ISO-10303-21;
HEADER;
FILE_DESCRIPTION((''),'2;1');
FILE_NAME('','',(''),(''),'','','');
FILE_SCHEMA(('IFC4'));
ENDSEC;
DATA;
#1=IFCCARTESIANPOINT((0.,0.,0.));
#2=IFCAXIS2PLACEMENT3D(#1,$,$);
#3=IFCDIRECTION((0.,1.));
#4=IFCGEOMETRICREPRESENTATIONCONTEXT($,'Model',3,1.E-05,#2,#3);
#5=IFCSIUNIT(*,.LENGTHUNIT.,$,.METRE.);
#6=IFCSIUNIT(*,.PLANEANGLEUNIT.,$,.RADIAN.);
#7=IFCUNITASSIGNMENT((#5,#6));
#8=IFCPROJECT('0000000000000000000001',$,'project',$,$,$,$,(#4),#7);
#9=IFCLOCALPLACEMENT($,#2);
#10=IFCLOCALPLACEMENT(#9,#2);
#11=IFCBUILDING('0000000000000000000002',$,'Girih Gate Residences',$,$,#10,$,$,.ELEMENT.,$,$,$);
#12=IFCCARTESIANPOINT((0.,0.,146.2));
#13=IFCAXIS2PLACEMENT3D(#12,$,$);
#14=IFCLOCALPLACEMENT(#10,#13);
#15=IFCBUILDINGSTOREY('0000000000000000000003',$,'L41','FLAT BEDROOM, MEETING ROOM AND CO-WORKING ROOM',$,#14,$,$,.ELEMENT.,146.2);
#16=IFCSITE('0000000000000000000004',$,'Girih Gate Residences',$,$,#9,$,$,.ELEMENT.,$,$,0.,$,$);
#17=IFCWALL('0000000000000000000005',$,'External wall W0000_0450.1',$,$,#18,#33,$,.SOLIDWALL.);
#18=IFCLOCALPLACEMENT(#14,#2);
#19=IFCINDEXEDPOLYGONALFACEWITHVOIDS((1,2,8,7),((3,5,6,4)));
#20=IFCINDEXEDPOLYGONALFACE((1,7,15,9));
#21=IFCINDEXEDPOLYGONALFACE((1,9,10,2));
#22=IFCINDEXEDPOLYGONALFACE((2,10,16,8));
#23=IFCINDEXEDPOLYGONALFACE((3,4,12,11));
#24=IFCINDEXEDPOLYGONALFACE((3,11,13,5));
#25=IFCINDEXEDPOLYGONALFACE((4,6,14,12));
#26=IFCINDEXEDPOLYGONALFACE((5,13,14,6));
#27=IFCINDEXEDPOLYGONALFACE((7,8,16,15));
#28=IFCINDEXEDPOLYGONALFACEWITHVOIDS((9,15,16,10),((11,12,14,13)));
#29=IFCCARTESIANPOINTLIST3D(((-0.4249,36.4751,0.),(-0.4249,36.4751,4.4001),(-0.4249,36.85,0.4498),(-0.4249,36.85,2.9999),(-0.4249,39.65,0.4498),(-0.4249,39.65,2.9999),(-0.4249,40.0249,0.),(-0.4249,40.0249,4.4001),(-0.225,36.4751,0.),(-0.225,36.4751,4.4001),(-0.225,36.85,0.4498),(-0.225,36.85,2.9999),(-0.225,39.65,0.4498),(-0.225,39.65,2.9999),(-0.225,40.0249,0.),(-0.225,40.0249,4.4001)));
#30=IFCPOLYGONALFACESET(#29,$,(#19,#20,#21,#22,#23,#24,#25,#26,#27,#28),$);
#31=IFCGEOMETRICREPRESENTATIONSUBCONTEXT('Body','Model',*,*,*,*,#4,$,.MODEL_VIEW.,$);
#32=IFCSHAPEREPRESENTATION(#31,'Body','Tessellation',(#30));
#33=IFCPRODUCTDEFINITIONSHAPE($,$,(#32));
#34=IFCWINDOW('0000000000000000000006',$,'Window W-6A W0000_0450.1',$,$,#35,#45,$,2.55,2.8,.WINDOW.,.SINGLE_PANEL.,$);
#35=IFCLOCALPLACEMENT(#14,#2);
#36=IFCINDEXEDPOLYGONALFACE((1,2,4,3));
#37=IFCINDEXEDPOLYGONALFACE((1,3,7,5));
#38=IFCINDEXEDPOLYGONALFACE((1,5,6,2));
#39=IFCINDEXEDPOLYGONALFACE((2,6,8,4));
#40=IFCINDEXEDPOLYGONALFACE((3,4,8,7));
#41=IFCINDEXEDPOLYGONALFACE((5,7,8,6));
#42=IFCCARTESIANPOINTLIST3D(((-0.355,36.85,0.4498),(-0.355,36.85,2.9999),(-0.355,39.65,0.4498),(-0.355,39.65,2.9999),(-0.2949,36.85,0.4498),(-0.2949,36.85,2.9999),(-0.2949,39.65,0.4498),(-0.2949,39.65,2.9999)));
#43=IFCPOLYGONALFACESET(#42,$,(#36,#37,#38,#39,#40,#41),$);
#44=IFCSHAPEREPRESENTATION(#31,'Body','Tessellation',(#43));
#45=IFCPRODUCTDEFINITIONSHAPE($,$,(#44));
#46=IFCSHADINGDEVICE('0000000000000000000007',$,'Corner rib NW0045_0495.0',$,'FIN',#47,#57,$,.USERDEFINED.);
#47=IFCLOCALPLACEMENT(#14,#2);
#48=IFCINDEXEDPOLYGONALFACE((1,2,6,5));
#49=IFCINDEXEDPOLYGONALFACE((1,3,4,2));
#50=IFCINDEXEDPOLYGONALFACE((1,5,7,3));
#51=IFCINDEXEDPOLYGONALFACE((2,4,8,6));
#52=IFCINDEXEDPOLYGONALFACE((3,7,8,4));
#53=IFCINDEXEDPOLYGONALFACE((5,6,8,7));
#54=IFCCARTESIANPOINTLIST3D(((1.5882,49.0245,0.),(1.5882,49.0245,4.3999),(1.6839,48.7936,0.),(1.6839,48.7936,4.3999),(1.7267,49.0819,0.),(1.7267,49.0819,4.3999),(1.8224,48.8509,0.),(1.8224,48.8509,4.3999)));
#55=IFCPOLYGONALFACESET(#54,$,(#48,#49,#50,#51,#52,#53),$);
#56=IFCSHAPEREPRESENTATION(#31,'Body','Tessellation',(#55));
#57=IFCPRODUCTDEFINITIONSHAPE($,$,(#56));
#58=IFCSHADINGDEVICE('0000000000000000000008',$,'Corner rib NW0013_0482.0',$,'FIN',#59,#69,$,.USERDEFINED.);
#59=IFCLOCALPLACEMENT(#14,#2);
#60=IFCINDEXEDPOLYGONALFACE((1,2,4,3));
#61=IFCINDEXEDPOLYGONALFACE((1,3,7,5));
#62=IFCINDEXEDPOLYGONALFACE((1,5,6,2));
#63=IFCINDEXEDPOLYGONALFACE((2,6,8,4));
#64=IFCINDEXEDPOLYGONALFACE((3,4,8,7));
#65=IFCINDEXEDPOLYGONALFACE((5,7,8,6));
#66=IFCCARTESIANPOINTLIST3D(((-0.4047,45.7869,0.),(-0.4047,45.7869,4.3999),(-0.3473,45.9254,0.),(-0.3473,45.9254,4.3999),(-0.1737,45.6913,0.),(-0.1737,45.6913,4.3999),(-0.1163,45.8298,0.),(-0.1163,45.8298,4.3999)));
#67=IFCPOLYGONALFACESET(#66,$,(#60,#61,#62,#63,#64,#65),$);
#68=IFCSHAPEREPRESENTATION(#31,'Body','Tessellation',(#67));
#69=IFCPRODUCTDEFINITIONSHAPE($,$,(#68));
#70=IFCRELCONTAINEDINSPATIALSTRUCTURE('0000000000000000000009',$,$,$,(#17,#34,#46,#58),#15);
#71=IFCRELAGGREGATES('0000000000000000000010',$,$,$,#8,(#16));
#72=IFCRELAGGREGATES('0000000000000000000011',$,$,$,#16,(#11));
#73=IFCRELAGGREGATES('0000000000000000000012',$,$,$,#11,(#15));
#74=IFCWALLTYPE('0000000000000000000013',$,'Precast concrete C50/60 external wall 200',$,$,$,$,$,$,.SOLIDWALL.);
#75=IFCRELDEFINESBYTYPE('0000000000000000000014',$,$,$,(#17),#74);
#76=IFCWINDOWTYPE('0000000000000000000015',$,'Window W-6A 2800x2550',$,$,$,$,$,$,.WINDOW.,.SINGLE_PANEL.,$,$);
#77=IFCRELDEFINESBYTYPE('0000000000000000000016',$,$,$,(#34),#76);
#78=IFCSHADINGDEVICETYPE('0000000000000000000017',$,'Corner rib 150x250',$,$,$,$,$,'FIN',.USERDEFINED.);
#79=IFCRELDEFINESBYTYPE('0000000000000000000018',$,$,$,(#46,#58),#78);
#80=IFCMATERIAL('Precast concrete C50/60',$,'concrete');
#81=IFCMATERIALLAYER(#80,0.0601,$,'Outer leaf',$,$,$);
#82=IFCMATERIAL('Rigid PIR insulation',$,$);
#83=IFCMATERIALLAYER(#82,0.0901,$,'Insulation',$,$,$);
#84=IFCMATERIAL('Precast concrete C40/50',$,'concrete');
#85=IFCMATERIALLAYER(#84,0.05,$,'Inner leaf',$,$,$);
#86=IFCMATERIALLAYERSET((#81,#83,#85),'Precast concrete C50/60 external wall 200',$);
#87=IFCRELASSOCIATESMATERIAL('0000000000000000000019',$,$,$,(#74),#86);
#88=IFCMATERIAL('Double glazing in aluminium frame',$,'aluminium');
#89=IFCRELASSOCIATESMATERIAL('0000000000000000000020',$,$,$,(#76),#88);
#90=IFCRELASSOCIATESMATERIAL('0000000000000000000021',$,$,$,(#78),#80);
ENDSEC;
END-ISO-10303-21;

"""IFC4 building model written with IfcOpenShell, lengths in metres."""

from ifc_helpers import new_model, si_unit, direction, frame, frame_2d, origin, origin_2d, place, context, subcontext, project, spatial, rectangle, extrude, material, layer, layer_set, type_object, element, fill, save


model = new_model("IFC4")

# Units and contexts
model_context = context("Model", 3, precision=1e-05, world=origin(), true_north=direction((0.0, 1.0)))
body_context = subcontext(model_context, "Body", "Model", "MODEL_VIEW")
ifc_project = project(units=[si_unit("LENGTHUNIT", "METRE"), si_unit("PLANEANGLEUNIT", "RADIAN")], contexts=[model_context])

# Site, building, storey
site_placement = place(None, origin())
site = spatial("IfcSite", under=ifc_project, at=site_placement, Name="Girih Gate Residences", CompositionType="ELEMENT", RefElevation=0.0)
building_placement = place(site_placement, origin())
building = spatial("IfcBuilding", under=site, at=building_placement, Name="Girih Gate Residences", CompositionType="ELEMENT")
storey_placement = place(building_placement, frame((0.0, 0.0, 146.2)))
storey = spatial("IfcBuildingStorey", under=building, at=storey_placement, Name="L41", Description="FLAT BEDROOM, MEETING ROOM AND CO-WORKING ROOM", CompositionType="ELEMENT", Elevation=146.2)

# Wall, opening, window
ifc_material_1 = material(Name="Precast concrete C50/60", Category="concrete")
ifc_layer_1 = layer(ifc_material_1, 0.0601, Name="Outer leaf")
ifc_material_2 = material(Name="Rigid PIR insulation")
ifc_layer_2 = layer(ifc_material_2, 0.0901, Name="Insulation")
ifc_material_3 = material(Name="Precast concrete C40/50", Category="concrete")
ifc_layer_3 = layer(ifc_material_3, 0.05, Name="Inner leaf")
ifc_layer_set_1 = layer_set([ifc_layer_1, ifc_layer_2, ifc_layer_3], Name="Precast concrete C50/60 external wall 200")
wall_type_1 = type_object("IfcWallType", Name="Precast concrete C50/60 external wall 200", PredefinedType="SOLIDWALL", material=ifc_layer_set_1)
ifc_material_4 = material(Name="Double glazing in aluminium frame", Category="aluminium")
window_type_1 = type_object("IfcWindowType", Name="Window W-6A 2800x2550", PartitioningType="SINGLE_PANEL", PredefinedType="WINDOW", material=ifc_material_4)
wall_1_placement = place(storey_placement, frame((-0.325, 36.4751, 0.0), z_axis=(0.0, 0.0, 1.0), x_axis=(0.0, 1.0, 0.0)))
wall_1 = element("IfcWall", 1, at=wall_1_placement, inside=storey, type_object=wall_type_1, Name="External wall W0000_0450.1", PredefinedType="SOLIDWALL", context=body_context, shape_type="SweptSolid", body=[
    extrude(rectangle(XDim=3.5498, YDim=0.2, at=frame_2d((1.7749, 0.0))), origin(), (0.0, 0.0, 1.0), 4.4001),
])
opening_1_placement = place(wall_1_placement, frame((0.375, 0.0, 0.45)))
opening_1 = element("IfcOpeningElement", 2, at=opening_1_placement, cuts=wall_1, PredefinedType="OPENING", context=body_context, shape_type="SweptSolid", body=[
    extrude(rectangle(XDim=2.8, YDim=2.55, at=frame_2d((1.3999, 1.2749))), frame((0.0, 0.1099, 0.0), z_axis=(0.0, -1.0, 0.0), x_axis=(1.0, 0.0, 0.0)), (0.0, 0.0, 1.0), 0.22),
])
window_1_placement = place(opening_1_placement, origin())
window_1 = element("IfcWindow", 3, at=window_1_placement, inside=storey, type_object=window_type_1, Name="Window W-6A W0000_0450.1", OverallHeight=2.55, OverallWidth=2.8, PartitioningType="SINGLE_PANEL", PredefinedType="WINDOW", context=body_context, shape_type="SweptSolid", body=[
    extrude(rectangle(XDim=2.8, YDim=2.55, at=frame_2d((1.3999, 1.2749))), frame((0.0, 0.03, 0.0), z_axis=(0.0, -1.0, 0.0), x_axis=(1.0, 0.0, 0.0)), (0.0, 0.0, 1.0), 0.0601),
])
fill(opening_1, window_1)

# Shading devices
shading_device_type = type_object("IfcShadingDeviceType", Name="Corner rib 150x250", ElementType="FIN", PredefinedType="USERDEFINED", material=ifc_material_1)
for number, where, z_axis, x_axis, name in (
    (4, (1.7053, 48.9377, 0.0), (0.0, 0.0, 1.0), (-0.92388, -0.382683, 0.0), "Corner rib NW0045_0495.0"),
    (5, (-0.2605, 45.8083, 0.0), (0.0, 0.0, 1.0), (-0.382683, -0.92388, 0.0), "Corner rib NW0013_0482.0"),
):
    element("IfcShadingDevice", number, at=place(storey_placement, frame(where, z_axis=z_axis, x_axis=x_axis)), inside=storey, type_object=shading_device_type, Name=name, ObjectType="FIN", PredefinedType="USERDEFINED", context=body_context, shape_type="SweptSolid", body=[
        extrude(rectangle(XDim=0.1499, YDim=0.25, at=origin_2d()), origin(), (0.0, 0.0, 1.0), 4.3999),
    ])

save(model, "model.ifc")
